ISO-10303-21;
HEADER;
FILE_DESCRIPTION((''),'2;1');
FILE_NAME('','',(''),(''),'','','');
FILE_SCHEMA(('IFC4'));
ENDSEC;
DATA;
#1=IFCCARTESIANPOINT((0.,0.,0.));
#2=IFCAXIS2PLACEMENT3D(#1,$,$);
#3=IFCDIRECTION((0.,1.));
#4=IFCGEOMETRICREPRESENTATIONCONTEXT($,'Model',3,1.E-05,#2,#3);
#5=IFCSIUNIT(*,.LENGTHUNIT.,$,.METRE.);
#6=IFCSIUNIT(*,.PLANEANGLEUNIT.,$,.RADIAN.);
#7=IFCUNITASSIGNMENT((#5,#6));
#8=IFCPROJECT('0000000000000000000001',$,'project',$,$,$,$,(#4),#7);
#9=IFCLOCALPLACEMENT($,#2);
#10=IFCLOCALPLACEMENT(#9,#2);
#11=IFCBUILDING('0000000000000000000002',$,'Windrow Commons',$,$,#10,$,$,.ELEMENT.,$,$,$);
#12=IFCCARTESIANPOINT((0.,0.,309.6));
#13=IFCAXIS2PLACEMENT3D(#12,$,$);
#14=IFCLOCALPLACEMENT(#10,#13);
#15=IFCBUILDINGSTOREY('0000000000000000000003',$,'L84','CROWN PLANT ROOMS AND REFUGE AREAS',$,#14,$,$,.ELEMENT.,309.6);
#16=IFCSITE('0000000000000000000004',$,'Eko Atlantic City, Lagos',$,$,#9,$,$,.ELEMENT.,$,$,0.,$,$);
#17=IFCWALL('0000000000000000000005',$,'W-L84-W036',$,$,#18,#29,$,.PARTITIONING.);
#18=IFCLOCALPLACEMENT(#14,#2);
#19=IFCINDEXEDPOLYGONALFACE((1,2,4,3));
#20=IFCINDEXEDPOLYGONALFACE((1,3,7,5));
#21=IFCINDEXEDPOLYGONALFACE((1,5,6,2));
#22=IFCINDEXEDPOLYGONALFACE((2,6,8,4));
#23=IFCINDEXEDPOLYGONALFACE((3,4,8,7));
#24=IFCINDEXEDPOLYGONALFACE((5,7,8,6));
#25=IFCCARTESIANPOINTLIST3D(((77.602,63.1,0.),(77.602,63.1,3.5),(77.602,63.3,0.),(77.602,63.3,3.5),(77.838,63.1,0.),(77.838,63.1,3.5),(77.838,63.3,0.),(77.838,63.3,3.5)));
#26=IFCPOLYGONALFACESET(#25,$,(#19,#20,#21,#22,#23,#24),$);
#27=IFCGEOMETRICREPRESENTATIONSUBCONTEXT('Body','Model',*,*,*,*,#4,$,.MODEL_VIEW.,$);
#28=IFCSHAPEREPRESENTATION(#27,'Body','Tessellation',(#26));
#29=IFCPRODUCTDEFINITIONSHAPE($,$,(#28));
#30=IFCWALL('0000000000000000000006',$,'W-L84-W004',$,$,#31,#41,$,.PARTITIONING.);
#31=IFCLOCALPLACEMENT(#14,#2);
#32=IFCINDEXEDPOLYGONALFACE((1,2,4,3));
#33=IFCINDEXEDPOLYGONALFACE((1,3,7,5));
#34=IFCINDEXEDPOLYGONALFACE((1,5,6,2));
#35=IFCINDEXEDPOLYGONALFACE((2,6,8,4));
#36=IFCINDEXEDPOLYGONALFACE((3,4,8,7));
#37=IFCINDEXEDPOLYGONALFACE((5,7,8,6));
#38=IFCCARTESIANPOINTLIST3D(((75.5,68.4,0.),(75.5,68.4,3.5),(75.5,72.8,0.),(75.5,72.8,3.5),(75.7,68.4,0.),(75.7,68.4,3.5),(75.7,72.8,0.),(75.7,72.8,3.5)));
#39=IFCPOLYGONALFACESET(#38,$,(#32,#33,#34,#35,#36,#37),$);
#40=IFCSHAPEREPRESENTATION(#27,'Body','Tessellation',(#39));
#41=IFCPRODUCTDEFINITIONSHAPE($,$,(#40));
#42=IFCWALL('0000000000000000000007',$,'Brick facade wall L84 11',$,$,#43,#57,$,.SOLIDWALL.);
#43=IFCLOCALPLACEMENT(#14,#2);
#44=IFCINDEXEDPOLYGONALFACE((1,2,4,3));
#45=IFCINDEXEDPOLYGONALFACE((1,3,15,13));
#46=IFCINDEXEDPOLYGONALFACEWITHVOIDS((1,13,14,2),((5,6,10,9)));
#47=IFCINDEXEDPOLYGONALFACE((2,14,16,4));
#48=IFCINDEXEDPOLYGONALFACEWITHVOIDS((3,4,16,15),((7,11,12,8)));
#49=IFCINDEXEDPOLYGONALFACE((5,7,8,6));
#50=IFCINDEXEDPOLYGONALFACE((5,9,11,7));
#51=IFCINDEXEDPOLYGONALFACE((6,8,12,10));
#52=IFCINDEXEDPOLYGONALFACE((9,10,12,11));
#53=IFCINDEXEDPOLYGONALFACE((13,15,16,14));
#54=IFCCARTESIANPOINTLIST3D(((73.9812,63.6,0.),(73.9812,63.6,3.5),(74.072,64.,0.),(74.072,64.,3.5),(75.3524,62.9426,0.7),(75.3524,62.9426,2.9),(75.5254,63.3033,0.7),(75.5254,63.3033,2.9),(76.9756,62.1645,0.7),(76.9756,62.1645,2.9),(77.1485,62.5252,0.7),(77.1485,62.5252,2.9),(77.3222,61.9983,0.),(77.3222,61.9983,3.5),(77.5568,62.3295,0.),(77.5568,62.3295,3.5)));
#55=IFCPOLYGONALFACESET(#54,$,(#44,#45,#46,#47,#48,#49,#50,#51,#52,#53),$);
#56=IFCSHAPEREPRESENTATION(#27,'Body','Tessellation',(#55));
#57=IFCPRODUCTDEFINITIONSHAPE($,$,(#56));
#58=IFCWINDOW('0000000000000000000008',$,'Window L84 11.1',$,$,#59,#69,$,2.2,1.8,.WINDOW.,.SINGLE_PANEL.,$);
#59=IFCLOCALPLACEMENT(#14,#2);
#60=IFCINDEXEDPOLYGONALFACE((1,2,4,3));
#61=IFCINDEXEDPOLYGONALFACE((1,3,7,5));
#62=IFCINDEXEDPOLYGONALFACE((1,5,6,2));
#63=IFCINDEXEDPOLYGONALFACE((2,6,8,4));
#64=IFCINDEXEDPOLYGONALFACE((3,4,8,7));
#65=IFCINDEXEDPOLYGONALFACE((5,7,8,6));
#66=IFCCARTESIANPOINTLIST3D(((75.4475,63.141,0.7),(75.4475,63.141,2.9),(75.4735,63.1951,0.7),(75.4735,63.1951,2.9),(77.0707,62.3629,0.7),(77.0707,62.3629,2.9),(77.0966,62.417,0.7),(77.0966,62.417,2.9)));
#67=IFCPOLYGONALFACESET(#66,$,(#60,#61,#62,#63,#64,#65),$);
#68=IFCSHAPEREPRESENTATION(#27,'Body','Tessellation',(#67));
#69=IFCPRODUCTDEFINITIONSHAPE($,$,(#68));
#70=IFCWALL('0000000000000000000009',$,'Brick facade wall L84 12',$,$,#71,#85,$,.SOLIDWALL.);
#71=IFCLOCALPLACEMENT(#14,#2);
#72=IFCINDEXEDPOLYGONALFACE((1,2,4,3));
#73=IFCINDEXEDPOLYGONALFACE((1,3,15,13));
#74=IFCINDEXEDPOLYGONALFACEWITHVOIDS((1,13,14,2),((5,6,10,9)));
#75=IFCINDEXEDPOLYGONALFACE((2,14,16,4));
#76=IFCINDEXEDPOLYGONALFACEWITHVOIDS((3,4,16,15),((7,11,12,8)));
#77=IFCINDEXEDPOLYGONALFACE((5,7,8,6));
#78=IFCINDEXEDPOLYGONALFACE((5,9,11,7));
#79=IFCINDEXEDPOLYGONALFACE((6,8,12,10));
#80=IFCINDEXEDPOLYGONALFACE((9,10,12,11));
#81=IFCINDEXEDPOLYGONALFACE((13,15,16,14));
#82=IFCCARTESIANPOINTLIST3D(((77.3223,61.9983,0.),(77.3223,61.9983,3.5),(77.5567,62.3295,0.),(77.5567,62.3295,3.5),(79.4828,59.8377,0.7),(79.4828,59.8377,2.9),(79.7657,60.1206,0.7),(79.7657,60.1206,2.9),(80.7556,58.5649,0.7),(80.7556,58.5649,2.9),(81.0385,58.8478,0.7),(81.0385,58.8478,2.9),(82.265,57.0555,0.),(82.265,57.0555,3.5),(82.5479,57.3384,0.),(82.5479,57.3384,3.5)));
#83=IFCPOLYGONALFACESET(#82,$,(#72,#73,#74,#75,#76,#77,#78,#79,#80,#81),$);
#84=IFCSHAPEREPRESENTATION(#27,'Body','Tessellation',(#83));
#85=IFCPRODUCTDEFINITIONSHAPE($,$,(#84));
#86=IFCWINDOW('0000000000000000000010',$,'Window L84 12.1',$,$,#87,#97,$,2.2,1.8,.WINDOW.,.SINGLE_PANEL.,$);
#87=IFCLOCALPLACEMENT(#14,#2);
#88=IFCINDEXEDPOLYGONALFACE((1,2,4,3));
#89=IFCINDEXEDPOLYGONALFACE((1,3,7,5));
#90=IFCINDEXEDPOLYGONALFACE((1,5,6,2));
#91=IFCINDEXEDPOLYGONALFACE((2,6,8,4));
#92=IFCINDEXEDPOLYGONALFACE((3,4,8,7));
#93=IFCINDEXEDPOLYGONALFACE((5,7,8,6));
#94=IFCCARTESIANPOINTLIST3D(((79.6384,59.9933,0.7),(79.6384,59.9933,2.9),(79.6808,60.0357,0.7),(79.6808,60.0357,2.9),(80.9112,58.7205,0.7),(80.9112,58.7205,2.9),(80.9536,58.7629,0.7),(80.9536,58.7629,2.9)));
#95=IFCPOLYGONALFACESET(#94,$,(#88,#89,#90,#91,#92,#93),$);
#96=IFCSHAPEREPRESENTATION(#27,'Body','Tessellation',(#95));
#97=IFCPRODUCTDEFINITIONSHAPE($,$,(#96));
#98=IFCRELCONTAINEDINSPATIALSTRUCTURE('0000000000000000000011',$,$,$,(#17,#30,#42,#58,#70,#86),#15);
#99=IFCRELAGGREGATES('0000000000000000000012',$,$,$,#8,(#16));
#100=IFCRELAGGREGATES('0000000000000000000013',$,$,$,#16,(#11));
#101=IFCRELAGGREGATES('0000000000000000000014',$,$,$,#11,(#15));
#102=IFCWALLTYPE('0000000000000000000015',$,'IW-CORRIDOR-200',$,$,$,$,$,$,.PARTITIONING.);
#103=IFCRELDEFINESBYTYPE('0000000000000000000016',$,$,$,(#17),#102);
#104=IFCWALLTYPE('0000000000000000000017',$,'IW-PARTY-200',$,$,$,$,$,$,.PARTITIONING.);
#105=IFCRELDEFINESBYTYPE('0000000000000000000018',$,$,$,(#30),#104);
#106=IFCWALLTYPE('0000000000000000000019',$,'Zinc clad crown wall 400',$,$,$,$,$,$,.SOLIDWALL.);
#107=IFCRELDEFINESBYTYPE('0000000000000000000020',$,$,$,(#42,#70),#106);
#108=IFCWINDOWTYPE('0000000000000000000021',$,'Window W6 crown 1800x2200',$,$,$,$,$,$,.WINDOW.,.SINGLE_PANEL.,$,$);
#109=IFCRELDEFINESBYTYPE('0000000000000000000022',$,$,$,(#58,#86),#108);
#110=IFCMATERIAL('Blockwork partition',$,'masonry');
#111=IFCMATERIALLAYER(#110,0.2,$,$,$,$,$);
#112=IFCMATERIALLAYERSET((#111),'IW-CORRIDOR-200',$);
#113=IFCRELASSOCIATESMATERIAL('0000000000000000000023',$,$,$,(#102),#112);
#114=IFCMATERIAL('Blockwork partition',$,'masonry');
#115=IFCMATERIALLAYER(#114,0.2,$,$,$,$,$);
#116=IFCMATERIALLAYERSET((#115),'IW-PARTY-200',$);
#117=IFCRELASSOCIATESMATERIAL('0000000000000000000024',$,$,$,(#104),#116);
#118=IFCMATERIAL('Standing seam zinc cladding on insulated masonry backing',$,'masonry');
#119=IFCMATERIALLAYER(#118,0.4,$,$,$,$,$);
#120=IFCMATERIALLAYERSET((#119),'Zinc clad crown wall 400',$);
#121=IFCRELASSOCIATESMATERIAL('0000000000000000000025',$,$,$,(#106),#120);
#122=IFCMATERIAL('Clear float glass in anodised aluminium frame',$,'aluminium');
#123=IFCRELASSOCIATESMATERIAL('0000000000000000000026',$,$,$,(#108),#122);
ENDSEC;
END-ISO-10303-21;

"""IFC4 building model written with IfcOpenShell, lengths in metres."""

from ifc_helpers import new_model, si_unit, direction, frame, frame_2d, origin, place, context, subcontext, project, spatial, polyline, rectangle, outline, extrude, material, layer, layer_set, type_object, element, fill, save


model = new_model("IFC4")

# Units and contexts
model_context = context("Model", 3, precision=1e-05, world=origin(), true_north=direction((0.0, 1.0)))
body_context = subcontext(model_context, "Body", "Model", "MODEL_VIEW")
ifc_project = project(units=[si_unit("LENGTHUNIT", "METRE"), si_unit("PLANEANGLEUNIT", "RADIAN")], contexts=[model_context])

# Site, building, storey
site_placement = place(None, origin())
site = spatial("IfcSite", under=ifc_project, at=site_placement, Name="Eko Atlantic City, Lagos", CompositionType="ELEMENT", RefElevation=0.0)
building_placement = place(site_placement, origin())
building = spatial("IfcBuilding", under=site, at=building_placement, Name="Windrow Commons", CompositionType="ELEMENT")
storey_placement = place(building_placement, frame((0.0, 0.0, 309.6)))
storey = spatial("IfcBuildingStorey", under=building, at=storey_placement, Name="L84", Description="CROWN PLANT ROOMS AND REFUGE AREAS", CompositionType="ELEMENT", Elevation=309.6)

# Shared definitions
ifc_material_1 = material(Name="Blockwork partition", Category="masonry")
ifc_layer_1 = layer(ifc_material_1, 0.2)
ifc_layer_set_1 = layer_set([ifc_layer_1], Name="IW-CORRIDOR-200")
wall_type_1 = type_object("IfcWallType", Name="IW-CORRIDOR-200", PredefinedType="PARTITIONING", material=ifc_layer_set_1)

# Walls
for number, where, z_axis, x_axis, name in (
    (1, (77.602, 63.2, 0.0), (0.0, 0.0, 1.0), (1.0, 0.0, 0.0), "W-L84-W036"),
):
    element("IfcWall", number, at=place(storey_placement, frame(where, z_axis=z_axis, x_axis=x_axis)), inside=storey, type_object=wall_type_1, Name=name, PredefinedType="PARTITIONING", context=body_context, shape_type="SweptSolid", body=[
        extrude(rectangle(XDim=0.236, YDim=0.2, at=frame_2d((0.118, 0.0))), origin(), (0.0, 0.0, 1.0), 3.5),
    ])
ifc_material_2 = material(Name="Blockwork partition", Category="masonry")
ifc_layer_2 = layer(ifc_material_2, 0.2)
ifc_layer_set_2 = layer_set([ifc_layer_2], Name="IW-PARTY-200")
wall_type_2 = type_object("IfcWallType", Name="IW-PARTY-200", PredefinedType="PARTITIONING", material=ifc_layer_set_2)
wall_1_placement = place(storey_placement, frame((75.6, 68.4, 0.0), z_axis=(0.0, 0.0, 1.0), x_axis=(0.0, 1.0, 0.0)))
element("IfcWall", 2, at=wall_1_placement, inside=storey, type_object=wall_type_2, Name="W-L84-W004", PredefinedType="PARTITIONING", context=body_context, shape_type="SweptSolid", body=[
    extrude(outline(polyline([(0.0, -0.1), (4.4, -0.1), (4.4, 0.1), (0.0, 0.1), (0.0, -0.1)])), origin(), (0.0, 0.0, 1.0), 3.5),
])

# Walls, openings, windows
ifc_material_3 = material(Name="Standing seam zinc cladding on insulated masonry backing", Category="masonry")
ifc_layer_3 = layer(ifc_material_3, 0.4)
ifc_layer_set_3 = layer_set([ifc_layer_3], Name="Zinc clad crown wall 400")
wall_type_3 = type_object("IfcWallType", Name="Zinc clad crown wall 400", PredefinedType="SOLIDWALL", material=ifc_layer_set_3)
wall_2_placement = place(storey_placement, frame((74.0266, 63.8, 0.0), z_axis=(0.0, 0.0, 1.0), x_axis=(0.901739, -0.432282, 0.0)))
wall_2 = element("IfcWall", 3, at=wall_2_placement, inside=storey, type_object=wall_type_3, Name="Brick facade wall L84 11", PredefinedType="SOLIDWALL", context=body_context, shape_type="SweptSolid", body=[
    extrude(outline(polyline([(0.0455, -0.2), (3.7506, -0.2), (3.819, 0.2), (-0.0455, 0.2), (0.0455, -0.2)])), origin(), (0.0, 0.0, 1.0), 3.5),
])
opening_1_placement = place(wall_2_placement, frame((1.5662, 0.0, 0.7)))
opening_1 = element("IfcOpeningElement", 4, at=opening_1_placement, cuts=wall_2, PredefinedType="OPENING", context=body_context, shape_type="SweptSolid", body=[
    extrude(rectangle(XDim=1.8, YDim=2.2, at=frame_2d((0.9, 1.1))), frame((0.0, 0.21, 0.0), z_axis=(0.0, -1.0, 0.0), x_axis=(1.0, 0.0, 0.0)), (0.0, 0.0, 1.0), 0.42),
])
ifc_material_4 = material(Name="Clear float glass in anodised aluminium frame", Category="aluminium")
window_type = type_object("IfcWindowType", Name="Window W6 crown 1800x2200", PartitioningType="SINGLE_PANEL", PredefinedType="WINDOW", material=ifc_material_4)
window_1_placement = place(opening_1_placement, origin())
window_1 = element("IfcWindow", 5, at=window_1_placement, inside=storey, type_object=window_type, Name="Window L84 11.1", OverallHeight=2.2, OverallWidth=1.8, PartitioningType="SINGLE_PANEL", PredefinedType="WINDOW", context=body_context, shape_type="SweptSolid", body=[
    extrude(rectangle(XDim=1.8, YDim=2.2, at=frame_2d((0.9, 1.1))), frame((0.0, 0.08, 0.0), z_axis=(0.0, -1.0, 0.0), x_axis=(1.0, 0.0, 0.0)), (0.0, 0.0, 1.0), 0.06),
])
fill(opening_1, window_1)
wall_3_placement = place(storey_placement, frame((77.4395, 62.1639, 0.0), z_axis=(0.0, 0.0, 1.0), x_axis=(0.707107, -0.707107, 0.0)))
wall_3 = element("IfcWall", 6, at=wall_3_placement, inside=storey, type_object=wall_type_3, Name="Brick facade wall L84 12", PredefinedType="SOLIDWALL", context=body_context, shape_type="SweptSolid", body=[
    extrude(outline(polyline([(0.0342, -0.2), (7.0243, -0.2), (7.0243, 0.2), (-0.0342, 0.2), (0.0342, -0.2)])), origin(), (0.0, 0.0, 1.0), 3.5),
])
opening_2_placement = place(wall_3_placement, frame((3.0897, 0.0, 0.7)))
opening_2 = element("IfcOpeningElement", 7, at=opening_2_placement, cuts=wall_3, PredefinedType="OPENING", context=body_context, shape_type="SweptSolid", body=[
    extrude(rectangle(XDim=1.8, YDim=2.2, at=frame_2d((0.9, 1.1))), frame((0.0, 0.21, 0.0), z_axis=(0.0, -1.0, 0.0), x_axis=(1.0, 0.0, 0.0)), (0.0, 0.0, 1.0), 0.42),
])
window_2_placement = place(opening_2_placement, origin())
window_2 = element("IfcWindow", 8, at=window_2_placement, inside=storey, type_object=window_type, Name="Window L84 12.1", OverallHeight=2.2, OverallWidth=1.8, PartitioningType="SINGLE_PANEL", PredefinedType="WINDOW", context=body_context, shape_type="SweptSolid", body=[
    extrude(rectangle(XDim=1.8, YDim=2.2, at=frame_2d((0.9, 1.1))), frame((0.0, 0.08, 0.0), z_axis=(0.0, -1.0, 0.0), x_axis=(1.0, 0.0, 0.0)), (0.0, 0.0, 1.0), 0.06),
])
fill(opening_2, window_2)

save(model, "model.ifc")
